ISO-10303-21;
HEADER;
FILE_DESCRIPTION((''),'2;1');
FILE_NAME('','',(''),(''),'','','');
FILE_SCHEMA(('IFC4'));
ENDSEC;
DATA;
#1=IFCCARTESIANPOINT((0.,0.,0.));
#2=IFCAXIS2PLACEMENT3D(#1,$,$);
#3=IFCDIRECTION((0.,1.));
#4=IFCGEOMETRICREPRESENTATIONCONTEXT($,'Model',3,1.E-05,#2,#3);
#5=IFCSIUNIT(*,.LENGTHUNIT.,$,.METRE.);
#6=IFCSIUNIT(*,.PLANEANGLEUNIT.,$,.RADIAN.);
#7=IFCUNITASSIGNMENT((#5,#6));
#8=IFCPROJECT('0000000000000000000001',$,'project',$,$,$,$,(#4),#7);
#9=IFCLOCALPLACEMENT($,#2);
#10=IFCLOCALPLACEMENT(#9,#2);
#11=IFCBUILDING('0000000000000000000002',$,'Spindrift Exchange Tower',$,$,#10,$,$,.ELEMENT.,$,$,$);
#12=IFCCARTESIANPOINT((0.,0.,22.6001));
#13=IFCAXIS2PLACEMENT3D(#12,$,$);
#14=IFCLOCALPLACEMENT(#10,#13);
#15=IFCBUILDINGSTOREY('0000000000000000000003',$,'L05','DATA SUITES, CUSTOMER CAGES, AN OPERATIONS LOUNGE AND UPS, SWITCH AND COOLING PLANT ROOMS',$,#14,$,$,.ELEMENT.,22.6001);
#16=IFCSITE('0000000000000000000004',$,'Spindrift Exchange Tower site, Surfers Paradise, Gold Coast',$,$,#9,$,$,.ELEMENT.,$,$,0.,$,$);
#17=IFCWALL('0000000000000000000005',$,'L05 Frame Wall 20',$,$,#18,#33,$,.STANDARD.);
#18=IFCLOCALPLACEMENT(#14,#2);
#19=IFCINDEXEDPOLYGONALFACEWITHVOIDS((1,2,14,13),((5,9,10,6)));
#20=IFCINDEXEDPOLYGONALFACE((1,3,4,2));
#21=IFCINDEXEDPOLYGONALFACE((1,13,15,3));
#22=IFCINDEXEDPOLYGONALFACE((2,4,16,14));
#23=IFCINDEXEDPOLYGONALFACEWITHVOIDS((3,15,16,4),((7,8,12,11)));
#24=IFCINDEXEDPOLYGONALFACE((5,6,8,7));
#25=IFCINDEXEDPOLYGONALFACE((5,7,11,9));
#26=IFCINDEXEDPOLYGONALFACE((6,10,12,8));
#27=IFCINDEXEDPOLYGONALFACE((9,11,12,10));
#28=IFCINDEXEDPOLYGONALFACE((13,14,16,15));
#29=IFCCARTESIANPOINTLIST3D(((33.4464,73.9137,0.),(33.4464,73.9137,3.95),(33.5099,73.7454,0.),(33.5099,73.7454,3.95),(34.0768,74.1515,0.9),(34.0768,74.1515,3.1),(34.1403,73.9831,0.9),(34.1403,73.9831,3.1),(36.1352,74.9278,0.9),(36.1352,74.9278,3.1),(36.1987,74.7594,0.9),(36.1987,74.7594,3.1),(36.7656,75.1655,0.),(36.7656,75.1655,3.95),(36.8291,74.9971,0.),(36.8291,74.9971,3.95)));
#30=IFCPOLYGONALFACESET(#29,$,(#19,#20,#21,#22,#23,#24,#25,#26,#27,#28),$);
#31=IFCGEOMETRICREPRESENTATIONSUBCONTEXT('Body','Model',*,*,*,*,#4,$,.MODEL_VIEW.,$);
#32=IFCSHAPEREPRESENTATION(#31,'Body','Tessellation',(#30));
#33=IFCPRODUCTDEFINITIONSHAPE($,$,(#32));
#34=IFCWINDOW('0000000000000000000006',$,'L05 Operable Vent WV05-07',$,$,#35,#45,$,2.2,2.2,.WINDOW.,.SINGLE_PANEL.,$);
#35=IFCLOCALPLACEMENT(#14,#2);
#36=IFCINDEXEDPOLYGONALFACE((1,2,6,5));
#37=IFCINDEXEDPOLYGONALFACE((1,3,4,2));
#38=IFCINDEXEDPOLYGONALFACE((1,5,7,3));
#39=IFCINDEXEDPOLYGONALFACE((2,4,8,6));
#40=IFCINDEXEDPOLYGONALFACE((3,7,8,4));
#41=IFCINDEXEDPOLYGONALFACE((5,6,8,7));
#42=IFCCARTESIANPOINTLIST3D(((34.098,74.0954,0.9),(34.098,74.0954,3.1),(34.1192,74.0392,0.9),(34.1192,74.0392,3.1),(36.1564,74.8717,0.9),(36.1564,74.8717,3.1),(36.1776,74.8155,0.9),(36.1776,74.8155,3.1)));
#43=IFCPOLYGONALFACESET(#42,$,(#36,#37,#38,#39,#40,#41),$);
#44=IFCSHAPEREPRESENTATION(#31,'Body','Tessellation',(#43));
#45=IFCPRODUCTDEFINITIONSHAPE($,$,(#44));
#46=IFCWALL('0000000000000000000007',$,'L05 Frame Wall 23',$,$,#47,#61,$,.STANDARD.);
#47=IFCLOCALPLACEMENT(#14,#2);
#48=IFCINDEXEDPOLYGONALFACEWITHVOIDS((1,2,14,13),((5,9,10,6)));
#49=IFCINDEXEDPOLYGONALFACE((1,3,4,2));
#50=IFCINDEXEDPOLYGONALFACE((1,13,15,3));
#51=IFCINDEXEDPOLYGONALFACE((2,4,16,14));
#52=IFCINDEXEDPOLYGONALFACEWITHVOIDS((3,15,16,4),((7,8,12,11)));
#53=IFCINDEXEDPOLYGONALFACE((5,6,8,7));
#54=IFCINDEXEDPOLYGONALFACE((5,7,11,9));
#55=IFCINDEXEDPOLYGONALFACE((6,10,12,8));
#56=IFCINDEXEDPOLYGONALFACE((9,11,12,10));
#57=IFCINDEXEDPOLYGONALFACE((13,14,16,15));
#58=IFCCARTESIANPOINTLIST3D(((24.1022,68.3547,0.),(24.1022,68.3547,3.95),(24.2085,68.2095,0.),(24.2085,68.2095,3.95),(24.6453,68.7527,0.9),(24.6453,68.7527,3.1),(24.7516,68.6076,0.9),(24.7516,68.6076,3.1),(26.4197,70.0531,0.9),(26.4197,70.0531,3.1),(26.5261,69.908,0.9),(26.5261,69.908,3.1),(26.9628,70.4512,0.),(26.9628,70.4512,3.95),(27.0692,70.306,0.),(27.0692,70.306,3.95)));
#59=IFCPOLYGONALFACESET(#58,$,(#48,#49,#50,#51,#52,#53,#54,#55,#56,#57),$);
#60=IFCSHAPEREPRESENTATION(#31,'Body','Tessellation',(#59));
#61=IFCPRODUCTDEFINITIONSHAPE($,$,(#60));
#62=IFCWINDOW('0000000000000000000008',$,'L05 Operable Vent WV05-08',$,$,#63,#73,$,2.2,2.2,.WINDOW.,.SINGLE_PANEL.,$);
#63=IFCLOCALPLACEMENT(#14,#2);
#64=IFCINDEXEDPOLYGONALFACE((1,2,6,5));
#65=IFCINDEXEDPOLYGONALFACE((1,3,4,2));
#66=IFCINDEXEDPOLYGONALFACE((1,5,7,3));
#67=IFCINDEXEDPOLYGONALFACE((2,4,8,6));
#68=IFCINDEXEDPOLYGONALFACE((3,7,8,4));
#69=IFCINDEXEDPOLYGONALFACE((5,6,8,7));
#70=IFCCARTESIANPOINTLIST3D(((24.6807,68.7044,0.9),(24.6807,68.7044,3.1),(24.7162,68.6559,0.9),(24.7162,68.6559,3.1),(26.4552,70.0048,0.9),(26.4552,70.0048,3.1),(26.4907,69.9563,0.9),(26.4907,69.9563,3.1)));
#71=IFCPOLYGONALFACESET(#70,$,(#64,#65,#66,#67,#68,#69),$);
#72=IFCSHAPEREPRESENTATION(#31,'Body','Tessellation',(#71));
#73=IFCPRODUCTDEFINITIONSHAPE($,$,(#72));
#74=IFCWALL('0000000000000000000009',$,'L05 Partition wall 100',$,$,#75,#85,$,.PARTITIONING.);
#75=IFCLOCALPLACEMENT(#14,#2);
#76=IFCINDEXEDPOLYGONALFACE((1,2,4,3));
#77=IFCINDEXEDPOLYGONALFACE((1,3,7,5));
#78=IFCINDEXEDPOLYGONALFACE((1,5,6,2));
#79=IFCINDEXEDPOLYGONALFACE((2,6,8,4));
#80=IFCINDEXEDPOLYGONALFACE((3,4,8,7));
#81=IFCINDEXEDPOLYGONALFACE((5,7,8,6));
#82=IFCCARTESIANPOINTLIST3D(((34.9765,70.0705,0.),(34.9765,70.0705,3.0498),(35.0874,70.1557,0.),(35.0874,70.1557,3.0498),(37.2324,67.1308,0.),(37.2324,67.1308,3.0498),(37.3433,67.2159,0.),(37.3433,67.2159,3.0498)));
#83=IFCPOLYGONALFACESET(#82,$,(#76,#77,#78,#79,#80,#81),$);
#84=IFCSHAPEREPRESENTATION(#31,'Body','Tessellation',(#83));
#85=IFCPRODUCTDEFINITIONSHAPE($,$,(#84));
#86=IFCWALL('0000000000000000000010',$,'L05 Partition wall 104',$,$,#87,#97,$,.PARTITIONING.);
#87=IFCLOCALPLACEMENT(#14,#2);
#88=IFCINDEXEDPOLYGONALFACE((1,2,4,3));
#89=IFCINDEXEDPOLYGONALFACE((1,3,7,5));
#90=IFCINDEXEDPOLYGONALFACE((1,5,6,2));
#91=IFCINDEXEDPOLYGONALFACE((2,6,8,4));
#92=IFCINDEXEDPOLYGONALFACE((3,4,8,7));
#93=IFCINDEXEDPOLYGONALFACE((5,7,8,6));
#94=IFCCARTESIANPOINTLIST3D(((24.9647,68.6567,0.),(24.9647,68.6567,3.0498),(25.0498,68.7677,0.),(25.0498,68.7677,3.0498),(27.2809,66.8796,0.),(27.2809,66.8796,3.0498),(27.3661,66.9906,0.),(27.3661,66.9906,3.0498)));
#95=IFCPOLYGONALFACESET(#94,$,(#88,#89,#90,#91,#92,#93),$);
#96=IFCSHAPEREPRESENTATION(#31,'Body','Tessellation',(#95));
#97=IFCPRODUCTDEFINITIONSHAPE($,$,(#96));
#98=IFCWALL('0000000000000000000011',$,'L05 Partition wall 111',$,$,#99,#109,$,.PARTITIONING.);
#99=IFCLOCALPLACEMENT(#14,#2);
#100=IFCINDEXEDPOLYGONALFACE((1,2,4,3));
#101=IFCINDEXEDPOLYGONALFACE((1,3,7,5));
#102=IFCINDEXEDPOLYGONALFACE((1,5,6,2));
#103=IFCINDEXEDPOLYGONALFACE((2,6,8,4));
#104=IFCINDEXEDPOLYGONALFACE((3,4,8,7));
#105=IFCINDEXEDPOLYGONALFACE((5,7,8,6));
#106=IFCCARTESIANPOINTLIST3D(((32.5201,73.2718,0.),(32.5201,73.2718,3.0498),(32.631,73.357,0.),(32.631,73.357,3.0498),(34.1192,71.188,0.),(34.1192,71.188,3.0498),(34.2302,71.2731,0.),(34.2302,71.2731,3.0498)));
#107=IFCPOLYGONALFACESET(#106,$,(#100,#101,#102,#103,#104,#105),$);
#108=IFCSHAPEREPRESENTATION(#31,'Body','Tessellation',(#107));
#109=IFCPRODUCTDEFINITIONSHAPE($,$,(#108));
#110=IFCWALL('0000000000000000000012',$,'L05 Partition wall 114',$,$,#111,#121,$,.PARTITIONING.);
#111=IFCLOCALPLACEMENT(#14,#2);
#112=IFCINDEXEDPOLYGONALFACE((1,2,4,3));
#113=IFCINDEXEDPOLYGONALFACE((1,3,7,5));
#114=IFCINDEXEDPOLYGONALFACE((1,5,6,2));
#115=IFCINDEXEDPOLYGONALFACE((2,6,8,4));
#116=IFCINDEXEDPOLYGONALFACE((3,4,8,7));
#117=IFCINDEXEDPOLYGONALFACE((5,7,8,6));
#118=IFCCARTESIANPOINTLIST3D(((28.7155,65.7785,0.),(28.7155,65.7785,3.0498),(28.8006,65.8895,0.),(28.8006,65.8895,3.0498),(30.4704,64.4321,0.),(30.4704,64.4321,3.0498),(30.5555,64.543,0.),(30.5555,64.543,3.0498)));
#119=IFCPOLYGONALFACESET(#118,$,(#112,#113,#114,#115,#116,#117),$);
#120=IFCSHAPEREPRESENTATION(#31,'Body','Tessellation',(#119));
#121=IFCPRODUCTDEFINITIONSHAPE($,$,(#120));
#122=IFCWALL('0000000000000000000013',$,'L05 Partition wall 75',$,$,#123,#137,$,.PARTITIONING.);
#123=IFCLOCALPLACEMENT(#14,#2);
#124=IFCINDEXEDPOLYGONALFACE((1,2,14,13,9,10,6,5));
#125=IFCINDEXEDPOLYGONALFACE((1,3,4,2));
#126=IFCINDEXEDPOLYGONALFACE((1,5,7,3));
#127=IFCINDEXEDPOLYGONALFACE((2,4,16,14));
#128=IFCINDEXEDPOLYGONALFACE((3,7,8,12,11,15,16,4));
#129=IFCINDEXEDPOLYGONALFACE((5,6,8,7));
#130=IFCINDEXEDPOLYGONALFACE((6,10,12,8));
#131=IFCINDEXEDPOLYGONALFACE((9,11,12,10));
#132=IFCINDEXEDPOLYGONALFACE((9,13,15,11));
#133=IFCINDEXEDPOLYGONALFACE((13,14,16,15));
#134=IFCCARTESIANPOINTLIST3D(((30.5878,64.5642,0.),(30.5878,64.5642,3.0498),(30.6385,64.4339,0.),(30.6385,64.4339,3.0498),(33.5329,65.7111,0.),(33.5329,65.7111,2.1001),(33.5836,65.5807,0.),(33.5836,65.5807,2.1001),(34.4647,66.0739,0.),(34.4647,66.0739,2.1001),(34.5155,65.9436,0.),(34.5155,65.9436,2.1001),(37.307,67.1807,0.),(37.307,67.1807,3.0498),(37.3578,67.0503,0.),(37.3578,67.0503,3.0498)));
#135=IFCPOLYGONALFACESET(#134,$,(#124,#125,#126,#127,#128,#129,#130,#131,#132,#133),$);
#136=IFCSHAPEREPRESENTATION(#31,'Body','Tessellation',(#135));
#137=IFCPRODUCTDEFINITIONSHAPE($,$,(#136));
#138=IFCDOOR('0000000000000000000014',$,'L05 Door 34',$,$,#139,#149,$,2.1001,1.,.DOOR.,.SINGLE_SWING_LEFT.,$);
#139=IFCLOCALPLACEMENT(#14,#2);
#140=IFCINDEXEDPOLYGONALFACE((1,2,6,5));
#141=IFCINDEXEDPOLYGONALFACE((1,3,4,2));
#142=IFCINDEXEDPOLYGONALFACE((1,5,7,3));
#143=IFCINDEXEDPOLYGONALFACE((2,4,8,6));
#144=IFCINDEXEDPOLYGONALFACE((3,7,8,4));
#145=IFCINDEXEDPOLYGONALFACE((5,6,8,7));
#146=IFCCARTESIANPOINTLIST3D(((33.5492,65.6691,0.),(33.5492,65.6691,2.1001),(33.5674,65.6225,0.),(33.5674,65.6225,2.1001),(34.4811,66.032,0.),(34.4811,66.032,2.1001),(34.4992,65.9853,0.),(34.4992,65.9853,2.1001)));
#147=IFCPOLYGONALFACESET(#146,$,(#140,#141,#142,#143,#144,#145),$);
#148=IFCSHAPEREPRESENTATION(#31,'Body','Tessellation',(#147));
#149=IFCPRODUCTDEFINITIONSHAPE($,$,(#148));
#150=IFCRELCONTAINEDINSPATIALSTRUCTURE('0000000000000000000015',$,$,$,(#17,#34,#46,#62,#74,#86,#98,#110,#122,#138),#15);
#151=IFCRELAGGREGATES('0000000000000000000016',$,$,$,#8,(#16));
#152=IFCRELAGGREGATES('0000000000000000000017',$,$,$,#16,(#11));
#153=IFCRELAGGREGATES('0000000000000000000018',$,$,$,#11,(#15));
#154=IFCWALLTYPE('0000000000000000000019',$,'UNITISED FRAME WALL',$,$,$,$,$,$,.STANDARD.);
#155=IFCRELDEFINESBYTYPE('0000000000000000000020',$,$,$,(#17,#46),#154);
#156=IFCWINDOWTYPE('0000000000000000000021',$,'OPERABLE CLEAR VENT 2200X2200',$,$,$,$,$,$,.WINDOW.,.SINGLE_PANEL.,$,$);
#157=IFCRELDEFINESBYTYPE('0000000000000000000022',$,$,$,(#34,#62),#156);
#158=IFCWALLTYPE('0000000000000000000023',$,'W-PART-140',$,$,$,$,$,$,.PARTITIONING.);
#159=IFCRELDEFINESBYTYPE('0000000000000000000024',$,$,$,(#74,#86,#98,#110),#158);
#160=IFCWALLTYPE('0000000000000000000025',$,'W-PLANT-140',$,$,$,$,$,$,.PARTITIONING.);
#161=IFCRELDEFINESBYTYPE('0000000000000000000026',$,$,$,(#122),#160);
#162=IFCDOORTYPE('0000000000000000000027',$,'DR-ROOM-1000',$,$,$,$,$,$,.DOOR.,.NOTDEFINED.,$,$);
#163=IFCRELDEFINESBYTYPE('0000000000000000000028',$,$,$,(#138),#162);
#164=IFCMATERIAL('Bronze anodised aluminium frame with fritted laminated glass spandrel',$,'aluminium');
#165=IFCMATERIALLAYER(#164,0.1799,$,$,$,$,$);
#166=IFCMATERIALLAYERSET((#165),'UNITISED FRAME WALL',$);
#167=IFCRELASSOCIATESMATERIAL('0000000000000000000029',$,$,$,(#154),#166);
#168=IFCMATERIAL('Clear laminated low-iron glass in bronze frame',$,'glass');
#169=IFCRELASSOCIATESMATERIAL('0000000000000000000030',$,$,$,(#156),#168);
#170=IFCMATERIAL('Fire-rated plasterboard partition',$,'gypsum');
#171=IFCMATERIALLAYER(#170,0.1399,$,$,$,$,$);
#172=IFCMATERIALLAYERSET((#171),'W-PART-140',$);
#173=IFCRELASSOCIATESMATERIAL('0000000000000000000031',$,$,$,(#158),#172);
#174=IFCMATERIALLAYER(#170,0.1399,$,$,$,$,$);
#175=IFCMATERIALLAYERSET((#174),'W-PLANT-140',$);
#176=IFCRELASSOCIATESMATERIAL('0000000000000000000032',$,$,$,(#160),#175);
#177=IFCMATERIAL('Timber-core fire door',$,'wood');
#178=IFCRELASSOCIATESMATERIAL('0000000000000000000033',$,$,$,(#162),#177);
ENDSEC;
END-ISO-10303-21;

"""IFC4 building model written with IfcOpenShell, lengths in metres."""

from ifc_helpers import new_model, si_unit, direction, frame, frame_2d, origin, place, context, subcontext, project, spatial, rectangle, extrude, source, transform, mapped, material, layer, layer_set, type_object, element, fill, save


model = new_model("IFC4")

# Units and contexts
model_context = context("Model", 3, precision=1e-05, world=origin(), true_north=direction((0.0, 1.0)))
body_context = subcontext(model_context, "Body", "Model", "MODEL_VIEW")
ifc_project = project(units=[si_unit("LENGTHUNIT", "METRE"), si_unit("PLANEANGLEUNIT", "RADIAN")], contexts=[model_context])

# Site, building, storey
site_placement = place(None, origin())
site = spatial("IfcSite", under=ifc_project, at=site_placement, Name="Spindrift Exchange Tower site, Surfers Paradise, Gold Coast", CompositionType="ELEMENT", RefElevation=0.0)
building_placement = place(site_placement, origin())
building = spatial("IfcBuilding", under=site, at=building_placement, Name="Spindrift Exchange Tower", CompositionType="ELEMENT")
storey_placement = place(building_placement, frame((0.0, 0.0, 22.6001)))
storey = spatial("IfcBuildingStorey", under=building, at=storey_placement, Name="L05", Description="DATA SUITES, CUSTOMER CAGES, AN OPERATIONS LOUNGE AND UPS, SWITCH AND COOLING PLANT ROOMS", CompositionType="ELEMENT", Elevation=22.6001)

# Walls, openings, windows
ifc_material_1 = material(Name="Bronze anodised aluminium frame with fritted laminated glass spandrel", Category="aluminium")
ifc_layer_1 = layer(ifc_material_1, 0.1799)
ifc_layer_set_1 = layer_set([ifc_layer_1], Name="UNITISED FRAME WALL")
wall_type_1 = type_object("IfcWallType", Name="UNITISED FRAME WALL", PredefinedType="STANDARD", material=ifc_layer_set_1)
wall_1_placement = place(storey_placement, frame((36.7974, 75.0813, 0.0), z_axis=(0.0, 0.0, 1.0), x_axis=(-0.935674, -0.352865, 0.0)))
wall_1 = element("IfcWall", 1, at=wall_1_placement, inside=storey, type_object=wall_type_1, Name="L05 Frame Wall 20", PredefinedType="STANDARD", context=body_context, shape_type="SweptSolid", body=[
    extrude(rectangle(XDim=3.5474, YDim=0.1799, at=frame_2d((1.7737, 0.0))), origin(), (0.0, 0.0, 1.0), 3.95),
])
opening_1_placement = place(wall_1_placement, frame((0.6736, 0.0, 0.8999)))
opening_1 = element("IfcOpeningElement", 2, at=opening_1_placement, cuts=wall_1, PredefinedType="OPENING", context=body_context, shape_type="SweptSolid", body=[
    extrude(rectangle(XDim=2.2, YDim=2.2, at=frame_2d((1.1001, 1.1001))), frame((0.0, 0.0999, 0.0), z_axis=(0.0, -1.0, 0.0), x_axis=(1.0, 0.0, 0.0)), (0.0, 0.0, 1.0), 0.2),
])
ifc_material_2 = material(Name="Clear laminated low-iron glass in bronze frame", Category="glass")
window_type = type_object("IfcWindowType", Name="OPERABLE CLEAR VENT 2200X2200", PartitioningType="SINGLE_PANEL", PredefinedType="WINDOW", material=ifc_material_2)
shared_shape_1 = source(origin(), body_context, "Body", "SweptSolid", [
    extrude(rectangle(XDim=2.2, YDim=2.2, at=frame_2d((1.1001, 1.1001))), frame((0.0, 0.03, 0.0), z_axis=(0.0, -1.0, 0.0), x_axis=(1.0, 0.0, 0.0)), (0.0, 0.0, 1.0), 0.0601),
])
window_1_placement = place(opening_1_placement, origin())
window_1 = element("IfcWindow", 3, at=window_1_placement, inside=storey, type_object=window_type, Name="L05 Operable Vent WV05-07", OverallHeight=2.2, OverallWidth=2.2, PartitioningType="SINGLE_PANEL", PredefinedType="WINDOW", context=body_context, shape_type="MappedRepresentation", body=[
    mapped(shared_shape_1, transform((0.0, 0.0, 0.0), scale=1.0)),
])
fill(opening_1, window_1)
wall_2_placement = place(storey_placement, frame((27.0161, 70.3787, 0.0), z_axis=(0.0, 0.0, 1.0), x_axis=(-0.806584, -0.591119, 0.0)))
wall_2 = element("IfcWall", 4, at=wall_2_placement, inside=storey, type_object=wall_type_1, Name="L05 Frame Wall 23", PredefinedType="STANDARD", context=body_context, shape_type="SweptSolid", body=[
    extrude(rectangle(XDim=3.5466, YDim=0.1799, at=frame_2d((1.7734, 0.0))), origin(), (0.0, 0.0, 1.0), 3.95),
])
opening_2_placement = place(wall_2_placement, frame((0.6733, 0.0, 0.8999)))
opening_2 = element("IfcOpeningElement", 5, at=opening_2_placement, cuts=wall_2, PredefinedType="OPENING", context=body_context, shape_type="SweptSolid", body=[
    extrude(rectangle(XDim=2.2, YDim=2.2, at=frame_2d((1.1001, 1.1001))), frame((0.0, 0.0999, 0.0), z_axis=(0.0, -1.0, 0.0), x_axis=(1.0, 0.0, 0.0)), (0.0, 0.0, 1.0), 0.2),
])
window_2_placement = place(opening_2_placement, origin())
window_2 = element("IfcWindow", 6, at=window_2_placement, inside=storey, type_object=window_type, Name="L05 Operable Vent WV05-08", OverallHeight=2.2, OverallWidth=2.2, PartitioningType="SINGLE_PANEL", PredefinedType="WINDOW", context=body_context, shape_type="MappedRepresentation", body=[
    mapped(shared_shape_1, transform((0.0, 0.0, 0.0), scale=1.0)),
])
fill(opening_2, window_2)

# Walls
ifc_material_3 = material(Name="Fire-rated plasterboard partition", Category="gypsum")
ifc_layer_2 = layer(ifc_material_3, 0.1399)
ifc_layer_set_2 = layer_set([ifc_layer_2], Name="W-PART-140")
wall_type_2 = type_object("IfcWallType", Name="W-PART-140", PredefinedType="PARTITIONING", material=ifc_layer_set_2)
wall_3_placement = place(storey_placement, frame((37.2878, 67.1733, 0.0), z_axis=(0.0, 0.0, 1.0), x_axis=(-0.608787, 0.793334, 0.0)))
element("IfcWall", 7, at=wall_3_placement, inside=storey, type_object=wall_type_2, Name="L05 Partition wall 100", PredefinedType="PARTITIONING", context=body_context, shape_type="SweptSolid", body=[
    extrude(rectangle(XDim=3.7056, YDim=0.1399, at=frame_2d((1.8528, 0.0))), origin(), (0.0, 0.0, 1.0), 3.0498),
])
wall_4_placement = place(storey_placement, frame((27.3235, 66.9351, 0.0), z_axis=(0.0, 0.0, 1.0), x_axis=(-0.793379, 0.608728, 0.0)))
element("IfcWall", 8, at=wall_4_placement, inside=storey, type_object=wall_type_2, Name="L05 Partition wall 104", PredefinedType="PARTITIONING", context=body_context, shape_type="SweptSolid", body=[
    extrude(rectangle(XDim=2.9194, YDim=0.1399, at=frame_2d((1.4597, 0.0))), origin(), (0.0, 0.0, 1.0), 3.0498),
])
wall_5_placement = place(storey_placement, frame((34.1748, 71.2305, 0.0), z_axis=(0.0, 0.0, 1.0), x_axis=(-0.608812, 0.793315, 0.0)))
element("IfcWall", 9, at=wall_5_placement, inside=storey, type_object=wall_type_2, Name="L05 Partition wall 111", PredefinedType="PARTITIONING", context=body_context, shape_type="SweptSolid", body=[
    extrude(rectangle(XDim=2.6267, YDim=0.1399, at=frame_2d((1.3135, 0.0))), origin(), (0.0, 0.0, 1.0), 3.0498),
])
wall_6_placement = place(storey_placement, frame((30.5129, 64.4875, 0.0), z_axis=(0.0, 0.0, 1.0), x_axis=(-0.793382, 0.608723, 0.0)))
element("IfcWall", 10, at=wall_6_placement, inside=storey, type_object=wall_type_2, Name="L05 Partition wall 114", PredefinedType="PARTITIONING", context=body_context, shape_type="SweptSolid", body=[
    extrude(rectangle(XDim=2.2119, YDim=0.1399, at=frame_2d((1.106, 0.0))), origin(), (0.0, 0.0, 1.0), 3.0498),
])

# Wall, opening, door
ifc_layer_3 = layer(ifc_material_3, 0.1399)
ifc_layer_set_3 = layer_set([ifc_layer_3], Name="W-PLANT-140")
wall_type_3 = type_object("IfcWallType", Name="W-PLANT-140", PredefinedType="PARTITIONING", material=ifc_layer_set_3)
wall_7_placement = place(storey_placement, frame((30.613, 64.499, 0.0), z_axis=(0.0, 0.0, 1.0), x_axis=(0.931844, 0.362858, 0.0)))
wall_7 = element("IfcWall", 11, at=wall_7_placement, inside=storey, type_object=wall_type_3, Name="L05 Partition wall 75", PredefinedType="PARTITIONING", context=body_context, shape_type="SweptSolid", body=[
    extrude(rectangle(XDim=7.2107, YDim=0.1399, at=frame_2d((3.6055, 0.0))), origin(), (0.0, 0.0, 1.0), 3.0498),
])
opening_3_placement = place(wall_7_placement, frame((3.1606, 0.0, 0.0)))
opening_3 = element("IfcOpeningElement", 12, at=opening_3_placement, cuts=wall_7, PredefinedType="OPENING", context=body_context, shape_type="SweptSolid", body=[
    extrude(rectangle(XDim=1.0, YDim=2.1001, at=frame_2d((0.5, 1.05))), frame((0.0, 0.0798, 0.0), z_axis=(0.0, -1.0, 0.0), x_axis=(1.0, 0.0, 0.0)), (0.0, 0.0, 1.0), 0.1599),
])
ifc_material_4 = material(Name="Timber-core fire door", Category="wood")
door_type = type_object("IfcDoorType", Name="DR-ROOM-1000", OperationType="NOTDEFINED", PredefinedType="DOOR", material=ifc_material_4)
shared_shape_2 = source(origin(), body_context, "Body", "SweptSolid", [
    extrude(rectangle(XDim=1.0, YDim=2.1001, at=frame_2d((0.5, 1.05))), frame((0.0, 0.0249, 0.0), z_axis=(0.0, -1.0, 0.0), x_axis=(1.0, 0.0, 0.0)), (0.0, 0.0, 1.0), 0.05),
])
door_1_placement = place(opening_3_placement, origin())
door_1 = element("IfcDoor", 13, at=door_1_placement, inside=storey, type_object=door_type, Name="L05 Door 34", OperationType="SINGLE_SWING_LEFT", OverallHeight=2.1001, OverallWidth=1.0, PredefinedType="DOOR", context=body_context, shape_type="MappedRepresentation", body=[
    mapped(shared_shape_2, transform((0.0, 0.0, 0.0), scale=1.0)),
])
fill(opening_3, door_1)

save(model, "model.ifc")
